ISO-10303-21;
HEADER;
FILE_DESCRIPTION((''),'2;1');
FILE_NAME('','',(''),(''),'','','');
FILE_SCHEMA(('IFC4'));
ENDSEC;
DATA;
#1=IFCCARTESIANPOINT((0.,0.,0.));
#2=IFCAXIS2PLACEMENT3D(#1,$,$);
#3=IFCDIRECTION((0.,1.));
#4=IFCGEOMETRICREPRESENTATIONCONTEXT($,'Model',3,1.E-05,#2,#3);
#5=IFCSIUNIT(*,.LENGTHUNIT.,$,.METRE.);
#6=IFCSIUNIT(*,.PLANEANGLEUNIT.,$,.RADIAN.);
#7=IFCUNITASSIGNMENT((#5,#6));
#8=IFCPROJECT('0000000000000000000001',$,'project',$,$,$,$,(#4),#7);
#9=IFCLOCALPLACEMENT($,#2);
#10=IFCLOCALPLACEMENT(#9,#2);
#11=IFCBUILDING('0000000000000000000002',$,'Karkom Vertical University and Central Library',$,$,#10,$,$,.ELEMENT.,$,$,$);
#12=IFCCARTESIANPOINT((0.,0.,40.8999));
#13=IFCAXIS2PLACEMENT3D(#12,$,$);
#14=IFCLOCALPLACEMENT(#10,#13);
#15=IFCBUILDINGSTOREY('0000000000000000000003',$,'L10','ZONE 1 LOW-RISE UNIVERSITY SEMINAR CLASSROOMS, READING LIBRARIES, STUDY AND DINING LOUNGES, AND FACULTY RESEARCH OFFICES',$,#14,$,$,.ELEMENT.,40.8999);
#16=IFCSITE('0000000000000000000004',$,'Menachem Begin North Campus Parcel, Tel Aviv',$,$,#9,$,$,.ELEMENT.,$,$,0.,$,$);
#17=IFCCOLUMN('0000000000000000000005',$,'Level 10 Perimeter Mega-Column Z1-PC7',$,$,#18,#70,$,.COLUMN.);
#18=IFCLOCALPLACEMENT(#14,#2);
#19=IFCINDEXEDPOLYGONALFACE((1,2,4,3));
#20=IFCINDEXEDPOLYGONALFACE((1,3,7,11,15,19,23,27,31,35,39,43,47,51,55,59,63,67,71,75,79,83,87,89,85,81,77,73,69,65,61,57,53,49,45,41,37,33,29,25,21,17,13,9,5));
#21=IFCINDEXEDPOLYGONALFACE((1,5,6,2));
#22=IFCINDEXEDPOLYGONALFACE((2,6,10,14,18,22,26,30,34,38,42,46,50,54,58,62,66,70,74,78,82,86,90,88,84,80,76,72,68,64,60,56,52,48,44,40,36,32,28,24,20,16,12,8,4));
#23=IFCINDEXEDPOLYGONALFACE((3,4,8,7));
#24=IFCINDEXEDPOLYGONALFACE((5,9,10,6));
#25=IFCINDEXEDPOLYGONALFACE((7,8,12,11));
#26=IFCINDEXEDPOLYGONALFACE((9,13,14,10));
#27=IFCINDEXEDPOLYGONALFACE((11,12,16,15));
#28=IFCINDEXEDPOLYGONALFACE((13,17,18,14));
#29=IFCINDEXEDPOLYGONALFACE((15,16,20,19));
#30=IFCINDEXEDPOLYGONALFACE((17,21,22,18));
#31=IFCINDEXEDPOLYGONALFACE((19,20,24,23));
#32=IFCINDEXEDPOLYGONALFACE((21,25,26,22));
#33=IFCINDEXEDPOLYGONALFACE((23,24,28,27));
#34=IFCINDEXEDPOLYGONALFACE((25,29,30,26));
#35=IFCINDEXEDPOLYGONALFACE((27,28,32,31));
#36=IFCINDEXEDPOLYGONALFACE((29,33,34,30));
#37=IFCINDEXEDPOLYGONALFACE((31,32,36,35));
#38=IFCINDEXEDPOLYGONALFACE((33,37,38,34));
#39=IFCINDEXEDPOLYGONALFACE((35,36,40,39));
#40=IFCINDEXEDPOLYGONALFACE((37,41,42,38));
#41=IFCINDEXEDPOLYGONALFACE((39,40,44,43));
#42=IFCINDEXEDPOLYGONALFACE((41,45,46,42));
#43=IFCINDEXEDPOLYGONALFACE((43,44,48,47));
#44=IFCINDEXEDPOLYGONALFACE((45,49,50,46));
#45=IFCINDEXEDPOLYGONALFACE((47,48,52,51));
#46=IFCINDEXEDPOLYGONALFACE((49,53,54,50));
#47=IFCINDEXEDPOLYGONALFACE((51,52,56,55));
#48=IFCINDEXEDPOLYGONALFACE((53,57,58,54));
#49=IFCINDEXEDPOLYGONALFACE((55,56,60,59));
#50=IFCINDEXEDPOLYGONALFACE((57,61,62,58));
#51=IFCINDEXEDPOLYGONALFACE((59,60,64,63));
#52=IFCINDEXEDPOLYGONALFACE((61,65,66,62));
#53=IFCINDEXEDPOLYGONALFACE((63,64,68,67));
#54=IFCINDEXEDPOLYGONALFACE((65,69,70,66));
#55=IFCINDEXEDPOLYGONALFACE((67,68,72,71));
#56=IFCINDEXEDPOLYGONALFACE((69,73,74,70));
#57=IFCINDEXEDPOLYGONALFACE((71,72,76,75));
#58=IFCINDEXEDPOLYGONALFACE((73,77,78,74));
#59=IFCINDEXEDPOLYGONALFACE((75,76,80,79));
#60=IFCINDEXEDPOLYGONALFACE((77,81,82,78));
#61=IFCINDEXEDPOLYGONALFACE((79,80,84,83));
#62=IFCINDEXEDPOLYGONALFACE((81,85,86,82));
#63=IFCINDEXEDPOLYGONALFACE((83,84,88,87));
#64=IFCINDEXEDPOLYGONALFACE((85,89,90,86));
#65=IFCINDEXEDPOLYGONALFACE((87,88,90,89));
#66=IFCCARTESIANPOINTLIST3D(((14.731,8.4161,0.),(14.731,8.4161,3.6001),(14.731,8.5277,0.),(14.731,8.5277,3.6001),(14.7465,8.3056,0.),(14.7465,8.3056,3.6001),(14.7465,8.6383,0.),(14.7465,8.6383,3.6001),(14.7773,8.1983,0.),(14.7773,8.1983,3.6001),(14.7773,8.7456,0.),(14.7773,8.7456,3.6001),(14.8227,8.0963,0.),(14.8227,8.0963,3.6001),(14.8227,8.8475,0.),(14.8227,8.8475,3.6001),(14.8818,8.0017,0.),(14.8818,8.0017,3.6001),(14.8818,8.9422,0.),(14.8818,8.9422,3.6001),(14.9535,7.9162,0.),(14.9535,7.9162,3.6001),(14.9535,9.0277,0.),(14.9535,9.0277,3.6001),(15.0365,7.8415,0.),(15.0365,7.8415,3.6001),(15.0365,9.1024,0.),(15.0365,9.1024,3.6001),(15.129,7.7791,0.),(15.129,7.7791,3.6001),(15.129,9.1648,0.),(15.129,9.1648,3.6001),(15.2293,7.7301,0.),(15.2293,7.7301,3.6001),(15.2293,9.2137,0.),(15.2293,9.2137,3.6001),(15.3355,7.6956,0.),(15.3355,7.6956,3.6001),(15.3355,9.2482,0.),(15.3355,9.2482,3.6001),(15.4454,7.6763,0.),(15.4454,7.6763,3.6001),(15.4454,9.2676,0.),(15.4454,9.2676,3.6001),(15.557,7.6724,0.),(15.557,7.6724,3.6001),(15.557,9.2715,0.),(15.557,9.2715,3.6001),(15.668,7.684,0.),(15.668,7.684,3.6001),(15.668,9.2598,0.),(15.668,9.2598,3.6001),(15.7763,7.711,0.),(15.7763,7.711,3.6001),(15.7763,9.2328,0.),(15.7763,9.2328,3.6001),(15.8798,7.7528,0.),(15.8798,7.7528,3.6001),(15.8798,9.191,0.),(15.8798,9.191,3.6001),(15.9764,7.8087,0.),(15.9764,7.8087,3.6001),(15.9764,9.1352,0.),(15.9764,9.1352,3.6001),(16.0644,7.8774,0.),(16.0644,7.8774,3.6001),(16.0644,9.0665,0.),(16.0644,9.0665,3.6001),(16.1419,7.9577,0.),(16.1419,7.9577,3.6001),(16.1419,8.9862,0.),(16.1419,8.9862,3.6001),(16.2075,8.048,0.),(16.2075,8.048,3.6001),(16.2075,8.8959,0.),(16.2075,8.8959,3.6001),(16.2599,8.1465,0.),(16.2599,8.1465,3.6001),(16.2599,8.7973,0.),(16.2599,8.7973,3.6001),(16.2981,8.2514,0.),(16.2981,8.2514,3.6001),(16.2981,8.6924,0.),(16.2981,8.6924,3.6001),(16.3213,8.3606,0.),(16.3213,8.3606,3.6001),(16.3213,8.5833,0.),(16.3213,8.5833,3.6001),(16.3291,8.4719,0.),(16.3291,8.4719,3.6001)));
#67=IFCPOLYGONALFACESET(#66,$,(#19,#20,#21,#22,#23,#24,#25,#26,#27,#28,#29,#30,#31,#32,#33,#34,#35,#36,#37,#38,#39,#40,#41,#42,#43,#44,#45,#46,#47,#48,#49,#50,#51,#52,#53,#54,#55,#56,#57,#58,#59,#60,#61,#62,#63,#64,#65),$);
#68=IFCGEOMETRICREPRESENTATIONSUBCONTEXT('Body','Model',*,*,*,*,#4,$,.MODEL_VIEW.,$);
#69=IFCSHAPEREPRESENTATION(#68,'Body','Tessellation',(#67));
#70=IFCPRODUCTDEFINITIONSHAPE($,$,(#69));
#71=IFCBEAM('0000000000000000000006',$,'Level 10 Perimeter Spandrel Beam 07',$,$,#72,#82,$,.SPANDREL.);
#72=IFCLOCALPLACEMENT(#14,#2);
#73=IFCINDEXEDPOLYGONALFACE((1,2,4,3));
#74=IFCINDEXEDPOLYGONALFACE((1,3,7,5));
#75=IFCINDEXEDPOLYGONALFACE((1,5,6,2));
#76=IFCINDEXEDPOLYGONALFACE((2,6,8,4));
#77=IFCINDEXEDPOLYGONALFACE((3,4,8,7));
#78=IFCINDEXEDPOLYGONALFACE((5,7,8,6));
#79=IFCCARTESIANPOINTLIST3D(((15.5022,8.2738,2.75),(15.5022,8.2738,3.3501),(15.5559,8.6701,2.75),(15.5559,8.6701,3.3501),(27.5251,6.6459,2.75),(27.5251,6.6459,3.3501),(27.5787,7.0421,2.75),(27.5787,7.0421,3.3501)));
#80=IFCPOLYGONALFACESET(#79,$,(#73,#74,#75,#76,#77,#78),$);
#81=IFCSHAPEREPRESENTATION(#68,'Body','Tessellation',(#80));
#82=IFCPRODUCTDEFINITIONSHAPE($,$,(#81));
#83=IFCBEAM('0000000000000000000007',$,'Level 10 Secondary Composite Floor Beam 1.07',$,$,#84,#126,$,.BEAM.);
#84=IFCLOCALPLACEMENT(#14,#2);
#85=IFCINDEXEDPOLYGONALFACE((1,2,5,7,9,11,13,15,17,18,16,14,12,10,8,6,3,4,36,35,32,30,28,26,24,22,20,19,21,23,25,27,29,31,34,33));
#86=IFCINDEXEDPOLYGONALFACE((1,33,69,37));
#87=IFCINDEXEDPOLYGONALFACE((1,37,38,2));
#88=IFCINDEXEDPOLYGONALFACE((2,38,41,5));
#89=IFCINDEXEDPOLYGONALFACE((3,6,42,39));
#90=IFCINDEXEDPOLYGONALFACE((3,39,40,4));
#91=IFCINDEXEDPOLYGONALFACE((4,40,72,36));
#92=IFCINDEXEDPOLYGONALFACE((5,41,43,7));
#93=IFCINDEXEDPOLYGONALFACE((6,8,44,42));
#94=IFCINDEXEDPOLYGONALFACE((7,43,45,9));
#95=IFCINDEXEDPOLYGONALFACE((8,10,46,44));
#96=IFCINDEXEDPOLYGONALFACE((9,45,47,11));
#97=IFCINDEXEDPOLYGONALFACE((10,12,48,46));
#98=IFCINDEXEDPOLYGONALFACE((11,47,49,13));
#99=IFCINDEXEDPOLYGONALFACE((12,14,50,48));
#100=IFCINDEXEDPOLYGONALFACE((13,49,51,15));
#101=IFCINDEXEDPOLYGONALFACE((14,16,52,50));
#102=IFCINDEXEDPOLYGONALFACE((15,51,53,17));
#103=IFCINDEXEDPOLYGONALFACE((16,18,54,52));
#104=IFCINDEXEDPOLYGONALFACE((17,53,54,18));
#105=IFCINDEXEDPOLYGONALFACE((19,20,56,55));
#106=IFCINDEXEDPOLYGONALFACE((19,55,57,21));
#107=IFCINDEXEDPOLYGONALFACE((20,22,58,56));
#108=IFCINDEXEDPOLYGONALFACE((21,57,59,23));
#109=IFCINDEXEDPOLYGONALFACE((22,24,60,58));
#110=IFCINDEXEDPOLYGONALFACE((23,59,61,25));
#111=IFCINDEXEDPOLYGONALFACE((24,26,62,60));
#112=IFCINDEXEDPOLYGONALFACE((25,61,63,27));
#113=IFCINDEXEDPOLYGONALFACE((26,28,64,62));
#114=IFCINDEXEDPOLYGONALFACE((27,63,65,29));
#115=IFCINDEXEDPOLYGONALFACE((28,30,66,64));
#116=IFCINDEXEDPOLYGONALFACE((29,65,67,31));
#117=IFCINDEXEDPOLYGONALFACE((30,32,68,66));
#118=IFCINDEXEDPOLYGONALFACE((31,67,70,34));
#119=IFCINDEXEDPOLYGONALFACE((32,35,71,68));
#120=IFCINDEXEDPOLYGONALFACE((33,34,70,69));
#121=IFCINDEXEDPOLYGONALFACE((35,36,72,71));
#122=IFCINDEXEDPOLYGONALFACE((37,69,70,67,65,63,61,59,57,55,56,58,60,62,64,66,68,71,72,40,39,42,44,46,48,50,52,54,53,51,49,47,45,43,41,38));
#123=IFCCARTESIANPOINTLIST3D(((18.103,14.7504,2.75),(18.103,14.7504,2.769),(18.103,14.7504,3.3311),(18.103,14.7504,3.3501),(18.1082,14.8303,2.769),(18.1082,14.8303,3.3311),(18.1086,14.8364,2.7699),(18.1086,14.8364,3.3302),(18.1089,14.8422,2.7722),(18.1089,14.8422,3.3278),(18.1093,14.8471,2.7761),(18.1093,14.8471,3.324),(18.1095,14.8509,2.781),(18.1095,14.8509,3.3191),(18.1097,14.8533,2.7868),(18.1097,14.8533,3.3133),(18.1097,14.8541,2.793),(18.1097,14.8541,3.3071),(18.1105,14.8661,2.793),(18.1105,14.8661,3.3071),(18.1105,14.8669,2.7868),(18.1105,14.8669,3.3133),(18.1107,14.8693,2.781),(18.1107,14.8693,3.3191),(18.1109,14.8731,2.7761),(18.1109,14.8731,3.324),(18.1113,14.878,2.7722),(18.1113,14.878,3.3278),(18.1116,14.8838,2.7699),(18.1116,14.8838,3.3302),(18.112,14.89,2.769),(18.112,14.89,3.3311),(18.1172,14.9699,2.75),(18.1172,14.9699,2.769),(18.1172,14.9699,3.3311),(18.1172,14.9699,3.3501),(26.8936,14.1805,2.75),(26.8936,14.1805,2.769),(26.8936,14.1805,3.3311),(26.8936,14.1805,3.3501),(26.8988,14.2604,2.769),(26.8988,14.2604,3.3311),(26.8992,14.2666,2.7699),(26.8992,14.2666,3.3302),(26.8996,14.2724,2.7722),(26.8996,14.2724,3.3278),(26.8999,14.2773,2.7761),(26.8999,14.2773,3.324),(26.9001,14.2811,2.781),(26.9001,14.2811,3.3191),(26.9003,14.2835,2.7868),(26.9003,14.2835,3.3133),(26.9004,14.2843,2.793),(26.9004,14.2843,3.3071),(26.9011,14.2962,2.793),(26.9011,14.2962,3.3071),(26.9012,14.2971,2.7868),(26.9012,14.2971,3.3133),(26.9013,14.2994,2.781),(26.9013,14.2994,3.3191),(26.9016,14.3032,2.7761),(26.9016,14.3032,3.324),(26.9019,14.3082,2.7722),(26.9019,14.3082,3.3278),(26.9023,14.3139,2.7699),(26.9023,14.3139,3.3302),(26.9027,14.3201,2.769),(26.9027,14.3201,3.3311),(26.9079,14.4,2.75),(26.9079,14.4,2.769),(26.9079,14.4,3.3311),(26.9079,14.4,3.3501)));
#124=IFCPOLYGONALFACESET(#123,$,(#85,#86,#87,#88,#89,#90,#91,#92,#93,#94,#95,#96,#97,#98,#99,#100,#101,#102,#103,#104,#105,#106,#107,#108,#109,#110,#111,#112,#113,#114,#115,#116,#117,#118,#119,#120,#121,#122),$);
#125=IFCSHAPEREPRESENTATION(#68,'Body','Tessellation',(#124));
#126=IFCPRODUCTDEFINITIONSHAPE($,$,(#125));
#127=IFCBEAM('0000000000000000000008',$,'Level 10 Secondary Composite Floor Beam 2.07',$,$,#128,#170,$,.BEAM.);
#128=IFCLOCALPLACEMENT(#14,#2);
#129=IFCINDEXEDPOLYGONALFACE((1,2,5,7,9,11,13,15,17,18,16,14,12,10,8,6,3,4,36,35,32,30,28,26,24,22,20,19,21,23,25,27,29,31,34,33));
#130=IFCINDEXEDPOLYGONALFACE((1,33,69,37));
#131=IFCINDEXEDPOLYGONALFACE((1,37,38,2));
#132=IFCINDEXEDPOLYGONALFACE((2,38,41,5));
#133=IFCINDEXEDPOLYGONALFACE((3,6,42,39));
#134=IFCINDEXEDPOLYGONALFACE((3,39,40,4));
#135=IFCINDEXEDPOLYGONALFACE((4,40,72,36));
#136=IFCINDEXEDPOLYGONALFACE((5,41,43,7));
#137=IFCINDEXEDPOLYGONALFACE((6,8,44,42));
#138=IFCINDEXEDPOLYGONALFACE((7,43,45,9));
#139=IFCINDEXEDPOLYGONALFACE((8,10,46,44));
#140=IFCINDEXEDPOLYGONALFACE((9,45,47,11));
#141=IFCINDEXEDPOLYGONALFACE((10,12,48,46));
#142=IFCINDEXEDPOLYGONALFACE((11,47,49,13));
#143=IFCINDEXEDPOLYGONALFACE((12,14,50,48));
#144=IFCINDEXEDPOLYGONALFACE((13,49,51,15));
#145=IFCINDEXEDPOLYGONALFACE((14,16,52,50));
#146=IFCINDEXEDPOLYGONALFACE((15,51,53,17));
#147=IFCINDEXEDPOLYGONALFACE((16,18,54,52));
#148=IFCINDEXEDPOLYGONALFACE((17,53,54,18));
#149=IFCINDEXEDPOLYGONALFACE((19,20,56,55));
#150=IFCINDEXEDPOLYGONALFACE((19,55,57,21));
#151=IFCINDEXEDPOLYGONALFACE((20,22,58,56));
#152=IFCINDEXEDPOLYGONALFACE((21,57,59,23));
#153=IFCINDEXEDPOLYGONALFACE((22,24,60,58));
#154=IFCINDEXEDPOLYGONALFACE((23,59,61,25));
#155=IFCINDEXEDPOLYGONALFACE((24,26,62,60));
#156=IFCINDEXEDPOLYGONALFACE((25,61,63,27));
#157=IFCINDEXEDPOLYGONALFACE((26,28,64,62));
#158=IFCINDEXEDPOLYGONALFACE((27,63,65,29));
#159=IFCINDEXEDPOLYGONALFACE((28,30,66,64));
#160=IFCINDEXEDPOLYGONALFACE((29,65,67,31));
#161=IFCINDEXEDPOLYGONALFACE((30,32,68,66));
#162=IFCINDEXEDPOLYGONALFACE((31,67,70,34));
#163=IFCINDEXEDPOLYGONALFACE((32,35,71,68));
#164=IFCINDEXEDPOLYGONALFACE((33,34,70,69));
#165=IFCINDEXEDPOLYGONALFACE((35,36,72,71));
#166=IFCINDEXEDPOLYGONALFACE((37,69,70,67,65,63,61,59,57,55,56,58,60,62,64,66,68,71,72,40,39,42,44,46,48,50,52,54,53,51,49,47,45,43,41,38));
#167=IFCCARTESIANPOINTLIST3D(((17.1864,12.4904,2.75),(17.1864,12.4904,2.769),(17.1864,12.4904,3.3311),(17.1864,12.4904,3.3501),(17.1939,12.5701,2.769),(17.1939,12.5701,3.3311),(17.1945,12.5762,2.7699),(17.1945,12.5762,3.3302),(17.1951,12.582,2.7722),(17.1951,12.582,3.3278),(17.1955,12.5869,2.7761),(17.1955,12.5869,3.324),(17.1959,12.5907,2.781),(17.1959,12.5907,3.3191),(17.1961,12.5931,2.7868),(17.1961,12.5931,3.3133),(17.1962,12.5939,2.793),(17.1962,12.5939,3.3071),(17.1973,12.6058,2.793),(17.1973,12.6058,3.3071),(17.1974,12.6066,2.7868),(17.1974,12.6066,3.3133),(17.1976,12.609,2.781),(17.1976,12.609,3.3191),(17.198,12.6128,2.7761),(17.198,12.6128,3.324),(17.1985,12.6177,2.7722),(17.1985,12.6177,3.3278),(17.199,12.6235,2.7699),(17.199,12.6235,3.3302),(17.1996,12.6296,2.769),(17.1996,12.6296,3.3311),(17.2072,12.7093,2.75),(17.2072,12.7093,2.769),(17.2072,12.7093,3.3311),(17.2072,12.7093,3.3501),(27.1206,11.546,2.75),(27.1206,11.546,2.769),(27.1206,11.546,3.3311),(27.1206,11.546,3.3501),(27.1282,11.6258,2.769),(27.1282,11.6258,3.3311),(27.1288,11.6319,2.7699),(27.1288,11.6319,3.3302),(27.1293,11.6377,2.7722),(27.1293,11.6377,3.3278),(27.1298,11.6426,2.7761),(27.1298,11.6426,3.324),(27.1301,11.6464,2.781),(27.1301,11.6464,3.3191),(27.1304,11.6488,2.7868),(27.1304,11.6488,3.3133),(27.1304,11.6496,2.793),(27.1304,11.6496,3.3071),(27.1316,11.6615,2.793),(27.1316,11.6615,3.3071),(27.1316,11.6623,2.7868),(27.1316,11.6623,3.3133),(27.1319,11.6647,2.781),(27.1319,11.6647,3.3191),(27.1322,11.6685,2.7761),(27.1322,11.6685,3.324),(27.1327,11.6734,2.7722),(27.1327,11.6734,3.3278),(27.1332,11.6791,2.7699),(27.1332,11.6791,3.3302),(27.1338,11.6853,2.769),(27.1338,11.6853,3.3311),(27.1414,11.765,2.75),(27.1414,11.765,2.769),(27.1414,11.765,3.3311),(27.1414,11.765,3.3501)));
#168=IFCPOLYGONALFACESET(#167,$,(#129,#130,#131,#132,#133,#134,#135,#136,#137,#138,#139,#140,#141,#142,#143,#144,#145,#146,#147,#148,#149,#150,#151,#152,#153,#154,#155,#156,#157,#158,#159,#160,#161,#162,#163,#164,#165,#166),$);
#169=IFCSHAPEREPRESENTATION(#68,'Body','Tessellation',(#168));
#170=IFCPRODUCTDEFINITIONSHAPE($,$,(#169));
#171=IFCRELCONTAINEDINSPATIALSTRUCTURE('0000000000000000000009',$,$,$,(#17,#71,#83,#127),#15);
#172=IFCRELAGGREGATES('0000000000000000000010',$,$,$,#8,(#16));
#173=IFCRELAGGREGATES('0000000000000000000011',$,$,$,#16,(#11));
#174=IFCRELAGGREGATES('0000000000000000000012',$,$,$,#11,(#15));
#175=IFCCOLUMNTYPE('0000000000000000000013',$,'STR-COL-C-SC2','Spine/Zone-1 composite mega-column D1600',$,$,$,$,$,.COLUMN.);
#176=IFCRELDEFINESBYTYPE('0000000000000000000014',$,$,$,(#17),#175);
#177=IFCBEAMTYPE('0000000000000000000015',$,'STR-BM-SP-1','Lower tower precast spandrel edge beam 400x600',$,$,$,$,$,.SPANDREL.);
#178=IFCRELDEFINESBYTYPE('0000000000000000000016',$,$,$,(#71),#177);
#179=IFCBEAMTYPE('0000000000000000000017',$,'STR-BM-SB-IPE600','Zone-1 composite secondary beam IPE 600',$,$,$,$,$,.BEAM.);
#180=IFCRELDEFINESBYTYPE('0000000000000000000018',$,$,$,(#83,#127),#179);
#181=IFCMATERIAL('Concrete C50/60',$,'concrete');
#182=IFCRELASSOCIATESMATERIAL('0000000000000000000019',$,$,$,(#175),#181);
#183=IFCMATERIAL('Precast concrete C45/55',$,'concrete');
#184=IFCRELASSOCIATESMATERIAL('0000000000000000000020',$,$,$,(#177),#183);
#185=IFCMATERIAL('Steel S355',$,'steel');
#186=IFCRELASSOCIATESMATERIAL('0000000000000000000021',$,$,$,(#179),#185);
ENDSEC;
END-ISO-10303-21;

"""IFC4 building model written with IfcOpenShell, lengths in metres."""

from ifc_helpers import new_model, si_unit, direction, frame, origin, origin_with_axes, origin_2d, place, context, subcontext, project, spatial, rectangle, circle, i_section, extrude, source, transform, mapped, material, material_profile, profile_set, type_object, element, save


model = new_model("IFC4")

# Units and contexts
model_context = context("Model", 3, precision=1e-05, world=origin(), true_north=direction((0.0, 1.0)))
body_context = subcontext(model_context, "Body", "Model", "MODEL_VIEW")
ifc_project = project(units=[si_unit("LENGTHUNIT", "METRE"), si_unit("PLANEANGLEUNIT", "RADIAN")], contexts=[model_context])

# Site, building, storey
site_placement = place(None, origin())
site = spatial("IfcSite", under=ifc_project, at=site_placement, Name="Menachem Begin North Campus Parcel, Tel Aviv", CompositionType="ELEMENT", RefElevation=0.0)
building_placement = place(site_placement, origin())
building = spatial("IfcBuilding", under=site, at=building_placement, Name="Karkom Vertical University and Central Library", CompositionType="ELEMENT")
storey_placement = place(building_placement, frame((0.0, 0.0, 40.8999)))
storey = spatial("IfcBuildingStorey", under=building, at=storey_placement, Name="L10", Description="ZONE 1 LOW-RISE UNIVERSITY SEMINAR CLASSROOMS, READING LIBRARIES, STUDY AND DINING LOUNGES, AND FACULTY RESEARCH OFFICES", CompositionType="ELEMENT", Elevation=40.8999)

# Column
ifc_material_1 = material(Name="Concrete C50/60", Category="concrete")
ifc_material_profile_1 = material_profile(ifc_material_1, circle(Radius=0.8, at=origin_2d()), Name="CFT-D1600")
ifc_profile_set_1 = profile_set([ifc_material_profile_1], Name="Concrete C50/60")
column_type = type_object("IfcColumnType", Name="STR-COL-C-SC2", Description="Spine/Zone-1 composite mega-column D1600", PredefinedType="COLUMN", material=ifc_profile_set_1)
shared_shape_1 = source(origin_with_axes(), body_context, "Body", "SweptSolid", [
    extrude(circle(Radius=0.8, at=origin_2d()), origin(), (0.0, 0.0, 1.0), 3.6001),
])
column_placement = place(storey_placement, frame((15.5291, 8.4719, 0.0), z_axis=(0.0, 0.0, 1.0), x_axis=(1.0, 0.0, 0.0)))
element("IfcColumn", 1, at=column_placement, inside=storey, type_object=column_type, Name="Level 10 Perimeter Mega-Column Z1-PC7", PredefinedType="COLUMN", context=body_context, shape_type="MappedRepresentation", body=[
    mapped(shared_shape_1, transform((0.0, 0.0, 0.0), scale=1.0)),
])

# Beams
ifc_material_2 = material(Name="Precast concrete C45/55", Category="concrete")
ifc_material_profile_2 = material_profile(ifc_material_2, rectangle(XDim=0.3999, YDim=0.6001, at=origin_2d()), Name="SPB-400x600")
ifc_profile_set_2 = profile_set([ifc_material_profile_2], Name="Precast concrete C45/55")
beam_type_1 = type_object("IfcBeamType", Name="STR-BM-SP-1", Description="Lower tower precast spandrel edge beam 400x600", PredefinedType="SPANDREL", material=ifc_profile_set_2)
shared_shape_2 = source(origin_with_axes(), body_context, "Body", "SweptSolid", [
    extrude(rectangle(XDim=0.3999, YDim=0.6001, at=origin_2d()), origin(), (0.0, 0.0, 1.0), 12.1326),
])
beam_1_placement = place(storey_placement, frame((15.5291, 8.4719, 3.05), z_axis=(0.990957, -0.134177, 0.0), x_axis=(0.134177, 0.990957, 0.0)))
element("IfcBeam", 2, at=beam_1_placement, inside=storey, type_object=beam_type_1, Name="Level 10 Perimeter Spandrel Beam 07", PredefinedType="SPANDREL", context=body_context, shape_type="MappedRepresentation", body=[
    mapped(shared_shape_2, transform((0.0, 0.0, 0.0), scale=1.0)),
])
ifc_material_3 = material(Name="Steel S355", Category="steel")
ifc_material_profile_3 = material_profile(ifc_material_3, i_section(OverallWidth=0.22, OverallDepth=0.6001, WebThickness=0.012, FlangeThickness=0.019, FilletRadius=0.0239, at=origin_2d()), Name="IPE 600")
ifc_profile_set_3 = profile_set([ifc_material_profile_3], Name="Steel S355")
beam_type_2 = type_object("IfcBeamType", Name="STR-BM-SB-IPE600", Description="Zone-1 composite secondary beam IPE 600", PredefinedType="BEAM", material=ifc_profile_set_3)
shared_shape_3 = source(origin_with_axes(), body_context, "Body", "SweptSolid", [
    extrude(i_section(OverallWidth=0.22, OverallDepth=0.6001, WebThickness=0.012, FlangeThickness=0.019, FilletRadius=0.0239, at=origin_2d()), origin(), (0.0, 0.0, 1.0), 8.8091),
])
beam_2_placement = place(storey_placement, frame((18.1101, 14.8601, 3.05), z_axis=(0.997906, -0.064687, 0.0), x_axis=(0.064687, 0.997906, 0.0)))
element("IfcBeam", 3, at=beam_2_placement, inside=storey, type_object=beam_type_2, Name="Level 10 Secondary Composite Floor Beam 1.07", PredefinedType="BEAM", context=body_context, shape_type="MappedRepresentation", body=[
    mapped(shared_shape_3, transform((0.0, 0.0, 0.0), scale=1.0)),
])
shared_shape_4 = source(origin_with_axes(), body_context, "Body", "SweptSolid", [
    extrude(i_section(OverallWidth=0.22, OverallDepth=0.6001, WebThickness=0.012, FlangeThickness=0.019, FilletRadius=0.0239, at=origin_2d()), origin(), (0.0, 0.0, 1.0), 9.979),
])
beam_3_placement = place(storey_placement, frame((17.1968, 12.5999, 3.05), z_axis=(0.995512, -0.094631, 0.0), x_axis=(0.094631, 0.995512, 0.0)))
element("IfcBeam", 4, at=beam_3_placement, inside=storey, type_object=beam_type_2, Name="Level 10 Secondary Composite Floor Beam 2.07", PredefinedType="BEAM", context=body_context, shape_type="MappedRepresentation", body=[
    mapped(shared_shape_4, transform((0.0, 0.0, 0.0), scale=1.0)),
])

save(model, "model.ifc")
